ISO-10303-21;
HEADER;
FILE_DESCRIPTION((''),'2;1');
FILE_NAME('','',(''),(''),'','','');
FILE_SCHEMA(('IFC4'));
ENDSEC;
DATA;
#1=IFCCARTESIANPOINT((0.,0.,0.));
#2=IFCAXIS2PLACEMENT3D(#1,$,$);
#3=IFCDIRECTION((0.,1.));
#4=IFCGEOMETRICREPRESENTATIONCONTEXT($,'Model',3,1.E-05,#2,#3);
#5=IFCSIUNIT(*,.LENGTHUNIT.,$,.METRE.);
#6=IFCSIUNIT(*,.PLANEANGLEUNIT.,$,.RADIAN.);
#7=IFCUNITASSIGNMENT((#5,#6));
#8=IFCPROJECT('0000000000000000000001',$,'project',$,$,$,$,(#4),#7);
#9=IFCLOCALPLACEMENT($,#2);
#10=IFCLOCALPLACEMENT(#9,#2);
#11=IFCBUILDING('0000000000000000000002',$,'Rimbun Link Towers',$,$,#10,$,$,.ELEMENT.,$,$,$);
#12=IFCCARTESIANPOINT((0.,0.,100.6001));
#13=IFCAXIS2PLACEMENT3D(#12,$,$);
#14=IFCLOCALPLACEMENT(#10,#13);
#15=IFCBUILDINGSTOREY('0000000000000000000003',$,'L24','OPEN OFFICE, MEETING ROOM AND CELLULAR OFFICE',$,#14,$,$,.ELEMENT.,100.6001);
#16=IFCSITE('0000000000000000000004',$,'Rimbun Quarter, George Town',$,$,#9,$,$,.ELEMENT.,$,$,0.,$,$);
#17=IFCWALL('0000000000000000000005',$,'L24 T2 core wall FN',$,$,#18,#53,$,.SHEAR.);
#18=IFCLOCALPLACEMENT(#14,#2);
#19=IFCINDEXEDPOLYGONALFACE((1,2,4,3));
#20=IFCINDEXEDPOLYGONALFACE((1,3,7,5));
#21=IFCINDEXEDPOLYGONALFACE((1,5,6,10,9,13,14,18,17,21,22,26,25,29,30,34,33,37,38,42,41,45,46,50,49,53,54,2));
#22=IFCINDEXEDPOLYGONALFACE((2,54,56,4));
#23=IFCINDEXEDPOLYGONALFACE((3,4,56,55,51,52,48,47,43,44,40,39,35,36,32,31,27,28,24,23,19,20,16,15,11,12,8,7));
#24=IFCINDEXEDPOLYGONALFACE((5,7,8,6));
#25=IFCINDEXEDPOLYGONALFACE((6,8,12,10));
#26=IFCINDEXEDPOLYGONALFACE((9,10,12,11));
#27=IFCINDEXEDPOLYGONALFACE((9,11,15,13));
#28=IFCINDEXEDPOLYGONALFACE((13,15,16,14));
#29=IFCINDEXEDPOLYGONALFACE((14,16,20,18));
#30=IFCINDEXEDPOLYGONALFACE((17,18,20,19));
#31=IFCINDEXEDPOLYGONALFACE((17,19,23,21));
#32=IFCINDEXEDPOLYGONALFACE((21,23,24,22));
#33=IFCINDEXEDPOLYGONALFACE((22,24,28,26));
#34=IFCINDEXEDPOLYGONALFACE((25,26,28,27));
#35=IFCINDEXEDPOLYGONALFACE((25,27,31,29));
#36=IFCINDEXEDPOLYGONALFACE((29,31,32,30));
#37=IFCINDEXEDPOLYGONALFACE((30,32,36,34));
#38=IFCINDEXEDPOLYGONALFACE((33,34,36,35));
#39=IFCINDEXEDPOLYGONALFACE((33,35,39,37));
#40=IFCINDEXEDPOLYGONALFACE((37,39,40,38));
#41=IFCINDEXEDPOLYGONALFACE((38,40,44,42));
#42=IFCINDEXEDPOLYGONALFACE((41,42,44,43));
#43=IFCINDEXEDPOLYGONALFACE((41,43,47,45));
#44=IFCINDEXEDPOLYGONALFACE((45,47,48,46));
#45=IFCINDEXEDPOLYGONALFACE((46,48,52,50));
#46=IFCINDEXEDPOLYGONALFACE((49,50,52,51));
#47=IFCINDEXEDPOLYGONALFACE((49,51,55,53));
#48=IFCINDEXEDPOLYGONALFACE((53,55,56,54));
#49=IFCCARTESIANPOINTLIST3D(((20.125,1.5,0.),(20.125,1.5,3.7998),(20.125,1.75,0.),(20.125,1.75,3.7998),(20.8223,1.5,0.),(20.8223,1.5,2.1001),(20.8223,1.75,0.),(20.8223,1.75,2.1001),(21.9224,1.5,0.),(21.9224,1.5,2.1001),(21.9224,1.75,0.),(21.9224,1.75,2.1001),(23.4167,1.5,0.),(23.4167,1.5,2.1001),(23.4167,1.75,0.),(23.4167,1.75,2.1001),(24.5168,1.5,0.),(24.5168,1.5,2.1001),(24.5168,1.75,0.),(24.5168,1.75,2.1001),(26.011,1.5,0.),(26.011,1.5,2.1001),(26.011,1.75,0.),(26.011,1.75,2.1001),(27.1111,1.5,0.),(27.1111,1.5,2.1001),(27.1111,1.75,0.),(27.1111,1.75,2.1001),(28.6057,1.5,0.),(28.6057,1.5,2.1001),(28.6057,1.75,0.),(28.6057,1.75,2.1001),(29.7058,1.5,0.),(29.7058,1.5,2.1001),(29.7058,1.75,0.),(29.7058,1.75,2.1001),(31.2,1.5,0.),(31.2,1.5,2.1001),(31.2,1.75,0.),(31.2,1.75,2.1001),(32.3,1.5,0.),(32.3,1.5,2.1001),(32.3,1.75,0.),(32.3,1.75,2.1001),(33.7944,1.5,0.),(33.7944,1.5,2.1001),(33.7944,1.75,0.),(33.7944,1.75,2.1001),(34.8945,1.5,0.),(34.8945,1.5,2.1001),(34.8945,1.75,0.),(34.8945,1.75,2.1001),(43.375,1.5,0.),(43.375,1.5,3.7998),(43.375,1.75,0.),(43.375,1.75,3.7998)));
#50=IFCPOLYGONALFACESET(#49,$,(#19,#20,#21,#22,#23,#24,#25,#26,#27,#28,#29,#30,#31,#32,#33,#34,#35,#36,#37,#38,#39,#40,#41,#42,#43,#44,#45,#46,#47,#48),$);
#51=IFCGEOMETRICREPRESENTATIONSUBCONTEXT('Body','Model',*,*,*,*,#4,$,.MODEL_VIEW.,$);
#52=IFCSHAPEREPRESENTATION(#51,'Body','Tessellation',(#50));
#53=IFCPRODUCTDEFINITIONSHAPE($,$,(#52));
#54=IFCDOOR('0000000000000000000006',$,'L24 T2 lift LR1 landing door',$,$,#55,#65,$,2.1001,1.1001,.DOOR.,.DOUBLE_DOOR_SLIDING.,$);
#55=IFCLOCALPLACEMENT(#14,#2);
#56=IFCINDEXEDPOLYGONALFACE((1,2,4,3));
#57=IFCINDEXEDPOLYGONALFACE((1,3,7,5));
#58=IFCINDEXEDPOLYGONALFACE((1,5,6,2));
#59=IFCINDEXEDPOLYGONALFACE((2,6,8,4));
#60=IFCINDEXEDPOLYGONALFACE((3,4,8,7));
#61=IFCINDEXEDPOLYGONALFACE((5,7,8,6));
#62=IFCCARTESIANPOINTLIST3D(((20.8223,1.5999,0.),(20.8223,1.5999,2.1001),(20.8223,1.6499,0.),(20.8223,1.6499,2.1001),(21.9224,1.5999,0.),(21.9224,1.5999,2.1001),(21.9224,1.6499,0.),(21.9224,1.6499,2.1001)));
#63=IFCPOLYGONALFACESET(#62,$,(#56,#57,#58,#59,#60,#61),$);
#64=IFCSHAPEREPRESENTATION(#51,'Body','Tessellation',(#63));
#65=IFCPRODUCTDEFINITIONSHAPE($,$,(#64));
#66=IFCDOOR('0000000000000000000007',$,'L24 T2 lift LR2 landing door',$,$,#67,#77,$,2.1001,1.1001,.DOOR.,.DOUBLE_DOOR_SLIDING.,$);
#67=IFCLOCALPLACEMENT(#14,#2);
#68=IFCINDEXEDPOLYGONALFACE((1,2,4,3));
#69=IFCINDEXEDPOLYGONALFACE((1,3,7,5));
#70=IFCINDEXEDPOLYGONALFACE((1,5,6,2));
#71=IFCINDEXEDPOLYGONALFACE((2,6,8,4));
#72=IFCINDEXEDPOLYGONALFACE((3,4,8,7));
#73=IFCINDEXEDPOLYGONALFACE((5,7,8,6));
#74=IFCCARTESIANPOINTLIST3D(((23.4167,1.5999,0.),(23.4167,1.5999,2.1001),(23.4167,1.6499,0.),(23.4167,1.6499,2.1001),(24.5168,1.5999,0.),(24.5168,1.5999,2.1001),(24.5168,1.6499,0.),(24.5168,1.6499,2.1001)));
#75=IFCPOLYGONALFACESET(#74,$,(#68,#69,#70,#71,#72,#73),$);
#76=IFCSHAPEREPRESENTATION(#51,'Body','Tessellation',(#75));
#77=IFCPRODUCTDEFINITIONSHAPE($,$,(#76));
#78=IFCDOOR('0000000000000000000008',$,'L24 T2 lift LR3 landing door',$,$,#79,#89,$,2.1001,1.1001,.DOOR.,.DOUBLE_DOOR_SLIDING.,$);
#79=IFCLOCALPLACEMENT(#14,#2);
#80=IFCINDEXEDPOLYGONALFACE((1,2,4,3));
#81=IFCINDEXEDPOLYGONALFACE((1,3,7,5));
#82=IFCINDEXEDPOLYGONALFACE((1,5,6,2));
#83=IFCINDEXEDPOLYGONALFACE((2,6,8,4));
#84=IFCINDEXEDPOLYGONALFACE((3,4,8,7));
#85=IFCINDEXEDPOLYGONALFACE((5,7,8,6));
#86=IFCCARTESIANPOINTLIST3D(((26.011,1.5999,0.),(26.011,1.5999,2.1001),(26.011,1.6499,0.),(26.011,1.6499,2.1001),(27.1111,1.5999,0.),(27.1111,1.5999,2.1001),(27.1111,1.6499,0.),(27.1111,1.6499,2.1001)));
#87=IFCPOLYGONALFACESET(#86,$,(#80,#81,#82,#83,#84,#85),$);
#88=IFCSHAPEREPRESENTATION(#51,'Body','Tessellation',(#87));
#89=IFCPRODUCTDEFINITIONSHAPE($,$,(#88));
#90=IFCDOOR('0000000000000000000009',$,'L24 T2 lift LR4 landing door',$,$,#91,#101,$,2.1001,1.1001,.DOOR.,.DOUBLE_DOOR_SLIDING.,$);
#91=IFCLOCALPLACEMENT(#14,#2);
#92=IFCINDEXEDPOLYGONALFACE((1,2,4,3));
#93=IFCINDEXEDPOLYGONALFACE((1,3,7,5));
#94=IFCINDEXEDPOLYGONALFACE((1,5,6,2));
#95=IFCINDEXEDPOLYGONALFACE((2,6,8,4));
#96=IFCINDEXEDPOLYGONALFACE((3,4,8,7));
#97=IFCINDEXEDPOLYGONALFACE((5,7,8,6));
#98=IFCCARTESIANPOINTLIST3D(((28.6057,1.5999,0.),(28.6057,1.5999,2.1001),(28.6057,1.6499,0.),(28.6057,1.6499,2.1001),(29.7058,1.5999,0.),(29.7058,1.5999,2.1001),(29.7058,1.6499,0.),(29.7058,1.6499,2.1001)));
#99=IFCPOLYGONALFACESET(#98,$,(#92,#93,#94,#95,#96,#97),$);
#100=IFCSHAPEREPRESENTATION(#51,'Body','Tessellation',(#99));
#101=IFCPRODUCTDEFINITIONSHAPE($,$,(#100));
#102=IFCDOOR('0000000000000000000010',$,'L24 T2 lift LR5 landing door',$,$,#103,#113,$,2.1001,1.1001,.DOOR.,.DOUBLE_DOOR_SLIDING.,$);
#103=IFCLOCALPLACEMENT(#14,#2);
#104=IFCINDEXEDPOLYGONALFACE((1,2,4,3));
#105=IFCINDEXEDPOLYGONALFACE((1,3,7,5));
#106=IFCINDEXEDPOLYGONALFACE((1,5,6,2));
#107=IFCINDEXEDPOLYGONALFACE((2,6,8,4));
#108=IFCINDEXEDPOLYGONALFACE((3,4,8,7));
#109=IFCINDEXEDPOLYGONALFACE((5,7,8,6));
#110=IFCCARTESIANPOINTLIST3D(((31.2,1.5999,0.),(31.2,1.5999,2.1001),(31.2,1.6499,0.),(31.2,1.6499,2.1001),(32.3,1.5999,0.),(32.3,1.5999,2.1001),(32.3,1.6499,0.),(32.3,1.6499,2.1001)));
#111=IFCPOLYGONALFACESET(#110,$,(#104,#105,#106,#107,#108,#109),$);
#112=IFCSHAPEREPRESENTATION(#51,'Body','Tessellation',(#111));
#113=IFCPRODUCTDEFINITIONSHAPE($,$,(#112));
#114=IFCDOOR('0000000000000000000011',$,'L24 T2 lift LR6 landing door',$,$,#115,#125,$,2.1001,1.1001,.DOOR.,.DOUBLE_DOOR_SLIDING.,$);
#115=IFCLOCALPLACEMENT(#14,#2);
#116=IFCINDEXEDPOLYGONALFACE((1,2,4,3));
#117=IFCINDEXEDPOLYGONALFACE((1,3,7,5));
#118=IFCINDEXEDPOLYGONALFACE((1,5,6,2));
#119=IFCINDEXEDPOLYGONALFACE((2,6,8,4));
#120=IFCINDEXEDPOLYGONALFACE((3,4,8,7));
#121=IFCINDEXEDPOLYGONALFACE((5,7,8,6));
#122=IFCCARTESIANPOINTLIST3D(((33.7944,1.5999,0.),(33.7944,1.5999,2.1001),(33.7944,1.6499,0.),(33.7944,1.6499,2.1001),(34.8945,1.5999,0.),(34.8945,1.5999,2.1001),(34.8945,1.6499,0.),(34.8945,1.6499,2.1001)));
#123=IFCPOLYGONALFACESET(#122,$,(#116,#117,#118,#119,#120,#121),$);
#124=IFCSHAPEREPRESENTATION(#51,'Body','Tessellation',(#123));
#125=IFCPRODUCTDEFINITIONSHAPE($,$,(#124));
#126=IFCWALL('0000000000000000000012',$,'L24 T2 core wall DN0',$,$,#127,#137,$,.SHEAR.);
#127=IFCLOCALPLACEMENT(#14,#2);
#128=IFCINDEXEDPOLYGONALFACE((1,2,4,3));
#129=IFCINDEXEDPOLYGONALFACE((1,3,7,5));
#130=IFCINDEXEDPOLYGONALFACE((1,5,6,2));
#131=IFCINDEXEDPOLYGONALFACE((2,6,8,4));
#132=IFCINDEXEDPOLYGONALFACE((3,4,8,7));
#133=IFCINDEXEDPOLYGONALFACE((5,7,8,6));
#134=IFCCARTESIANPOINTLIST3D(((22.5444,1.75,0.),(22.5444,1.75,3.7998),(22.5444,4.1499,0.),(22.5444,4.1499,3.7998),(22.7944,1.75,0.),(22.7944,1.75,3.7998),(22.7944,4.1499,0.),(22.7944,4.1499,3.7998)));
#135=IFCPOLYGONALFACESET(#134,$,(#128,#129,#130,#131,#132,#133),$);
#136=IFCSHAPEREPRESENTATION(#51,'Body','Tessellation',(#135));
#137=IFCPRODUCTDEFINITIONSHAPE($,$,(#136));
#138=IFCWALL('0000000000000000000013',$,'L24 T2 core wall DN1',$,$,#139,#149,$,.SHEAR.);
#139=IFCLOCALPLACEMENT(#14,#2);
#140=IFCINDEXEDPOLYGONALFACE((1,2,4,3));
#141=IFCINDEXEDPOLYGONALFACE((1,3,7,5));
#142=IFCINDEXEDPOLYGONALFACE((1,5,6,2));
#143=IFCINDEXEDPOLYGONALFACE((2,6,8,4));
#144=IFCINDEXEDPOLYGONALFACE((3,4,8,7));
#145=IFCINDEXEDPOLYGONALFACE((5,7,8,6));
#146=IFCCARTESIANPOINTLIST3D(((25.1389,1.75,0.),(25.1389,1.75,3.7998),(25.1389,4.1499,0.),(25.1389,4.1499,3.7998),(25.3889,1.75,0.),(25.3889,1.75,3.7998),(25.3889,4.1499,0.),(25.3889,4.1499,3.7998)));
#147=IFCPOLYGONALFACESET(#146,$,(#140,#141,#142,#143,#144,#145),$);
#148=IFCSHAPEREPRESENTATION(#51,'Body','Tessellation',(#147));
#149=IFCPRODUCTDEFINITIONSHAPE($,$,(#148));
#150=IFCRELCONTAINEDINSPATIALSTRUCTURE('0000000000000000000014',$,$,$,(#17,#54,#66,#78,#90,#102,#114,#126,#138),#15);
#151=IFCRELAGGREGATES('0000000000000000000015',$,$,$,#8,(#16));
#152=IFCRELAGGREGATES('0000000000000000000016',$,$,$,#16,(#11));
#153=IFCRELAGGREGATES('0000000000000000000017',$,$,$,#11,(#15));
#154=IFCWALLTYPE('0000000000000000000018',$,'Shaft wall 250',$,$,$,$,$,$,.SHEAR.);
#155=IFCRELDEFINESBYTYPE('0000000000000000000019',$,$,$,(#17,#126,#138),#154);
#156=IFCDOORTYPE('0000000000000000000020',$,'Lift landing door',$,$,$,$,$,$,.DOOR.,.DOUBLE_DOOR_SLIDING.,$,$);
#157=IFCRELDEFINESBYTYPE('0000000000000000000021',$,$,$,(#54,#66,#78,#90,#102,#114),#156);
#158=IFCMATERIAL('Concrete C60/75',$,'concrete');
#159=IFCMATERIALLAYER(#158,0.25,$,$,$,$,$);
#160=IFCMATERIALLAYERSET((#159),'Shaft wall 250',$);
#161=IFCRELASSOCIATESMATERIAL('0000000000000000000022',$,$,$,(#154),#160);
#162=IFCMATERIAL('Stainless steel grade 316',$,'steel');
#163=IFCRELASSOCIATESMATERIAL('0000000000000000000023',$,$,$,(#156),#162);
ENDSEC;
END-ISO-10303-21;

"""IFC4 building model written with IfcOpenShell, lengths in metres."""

from ifc_helpers import new_model, si_unit, direction, frame, frame_2d, origin, place, context, subcontext, project, spatial, rectangle, extrude, material, layer, layer_set, type_object, element, fill, save


model = new_model("IFC4")

# Units and contexts
model_context = context("Model", 3, precision=1e-05, world=origin(), true_north=direction((0.0, 1.0)))
body_context = subcontext(model_context, "Body", "Model", "MODEL_VIEW")
ifc_project = project(units=[si_unit("LENGTHUNIT", "METRE"), si_unit("PLANEANGLEUNIT", "RADIAN")], contexts=[model_context])

# Site, building, storey
site_placement = place(None, origin())
site = spatial("IfcSite", under=ifc_project, at=site_placement, Name="Rimbun Quarter, George Town", CompositionType="ELEMENT", RefElevation=0.0)
building_placement = place(site_placement, origin())
building = spatial("IfcBuilding", under=site, at=building_placement, Name="Rimbun Link Towers", CompositionType="ELEMENT")
storey_placement = place(building_placement, frame((0.0, 0.0, 100.6001)))
storey = spatial("IfcBuildingStorey", under=building, at=storey_placement, Name="L24", Description="OPEN OFFICE, MEETING ROOM AND CELLULAR OFFICE", CompositionType="ELEMENT", Elevation=100.6001)

# Shared definitions
ifc_material_1 = material(Name="Concrete C60/75", Category="concrete")
ifc_layer = layer(ifc_material_1, 0.25)
ifc_layer_set = layer_set([ifc_layer], Name="Shaft wall 250")
wall_type = type_object("IfcWallType", Name="Shaft wall 250", PredefinedType="SHEAR", material=ifc_layer_set)

# Wall, openings, doors
wall_1_placement = place(storey_placement, frame((20.125, 1.625, 0.0), z_axis=(0.0, 0.0, 1.0), x_axis=(1.0, 0.0, 0.0)))
wall_1 = element("IfcWall", 1, at=wall_1_placement, inside=storey, type_object=wall_type, Name="L24 T2 core wall FN", PredefinedType="SHEAR", context=body_context, shape_type="SweptSolid", body=[
    extrude(rectangle(XDim=23.25, YDim=0.25, at=frame_2d((11.625, 0.0))), origin(), (0.0, 0.0, 1.0), 3.7998),
])
opening_1_placement = place(wall_1_placement, frame((0.6973, 0.0, 0.0)))
opening_1 = element("IfcOpeningElement", 2, at=opening_1_placement, cuts=wall_1, PredefinedType="OPENING", context=body_context, shape_type="SweptSolid", body=[
    extrude(rectangle(XDim=1.1001, YDim=2.1001, at=frame_2d((0.55, 1.05))), frame((0.0, 0.135, 0.0), z_axis=(0.0, -1.0, 0.0), x_axis=(1.0, 0.0, 0.0)), (0.0, 0.0, 1.0), 0.27),
])
opening_2_placement = place(wall_1_placement, frame((3.2917, 0.0, 0.0)))
opening_2 = element("IfcOpeningElement", 3, at=opening_2_placement, cuts=wall_1, PredefinedType="OPENING", context=body_context, shape_type="SweptSolid", body=[
    extrude(rectangle(XDim=1.1001, YDim=2.1001, at=frame_2d((0.55, 1.05))), frame((0.0, 0.135, 0.0), z_axis=(0.0, -1.0, 0.0), x_axis=(1.0, 0.0, 0.0)), (0.0, 0.0, 1.0), 0.27),
])
opening_3_placement = place(wall_1_placement, frame((5.886, 0.0, 0.0)))
opening_3 = element("IfcOpeningElement", 4, at=opening_3_placement, cuts=wall_1, PredefinedType="OPENING", context=body_context, shape_type="SweptSolid", body=[
    extrude(rectangle(XDim=1.1001, YDim=2.1001, at=frame_2d((0.55, 1.05))), frame((0.0, 0.135, 0.0), z_axis=(0.0, -1.0, 0.0), x_axis=(1.0, 0.0, 0.0)), (0.0, 0.0, 1.0), 0.27),
])
opening_4_placement = place(wall_1_placement, frame((8.4807, 0.0, 0.0)))
opening_4 = element("IfcOpeningElement", 5, at=opening_4_placement, cuts=wall_1, PredefinedType="OPENING", context=body_context, shape_type="SweptSolid", body=[
    extrude(rectangle(XDim=1.1001, YDim=2.1001, at=frame_2d((0.55, 1.05))), frame((0.0, 0.135, 0.0), z_axis=(0.0, -1.0, 0.0), x_axis=(1.0, 0.0, 0.0)), (0.0, 0.0, 1.0), 0.27),
])
opening_5_placement = place(wall_1_placement, frame((11.075, 0.0, 0.0)))
opening_5 = element("IfcOpeningElement", 6, at=opening_5_placement, cuts=wall_1, PredefinedType="OPENING", context=body_context, shape_type="SweptSolid", body=[
    extrude(rectangle(XDim=1.1001, YDim=2.1001, at=frame_2d((0.55, 1.05))), frame((0.0, 0.135, 0.0), z_axis=(0.0, -1.0, 0.0), x_axis=(1.0, 0.0, 0.0)), (0.0, 0.0, 1.0), 0.27),
])
opening_6_placement = place(wall_1_placement, frame((13.6694, 0.0, 0.0)))
opening_6 = element("IfcOpeningElement", 7, at=opening_6_placement, cuts=wall_1, PredefinedType="OPENING", context=body_context, shape_type="SweptSolid", body=[
    extrude(rectangle(XDim=1.1001, YDim=2.1001, at=frame_2d((0.55, 1.05))), frame((0.0, 0.135, 0.0), z_axis=(0.0, -1.0, 0.0), x_axis=(1.0, 0.0, 0.0)), (0.0, 0.0, 1.0), 0.27),
])
ifc_material_2 = material(Name="Stainless steel grade 316", Category="steel")
door_type = type_object("IfcDoorType", Name="Lift landing door", OperationType="DOUBLE_DOOR_SLIDING", PredefinedType="DOOR", material=ifc_material_2)
door_1_placement = place(opening_1_placement, origin())
door_1 = element("IfcDoor", 8, at=door_1_placement, inside=storey, type_object=door_type, Name="L24 T2 lift LR1 landing door", OperationType="DOUBLE_DOOR_SLIDING", OverallHeight=2.1001, OverallWidth=1.1001, PredefinedType="DOOR", context=body_context, shape_type="SweptSolid", body=[
    extrude(rectangle(XDim=1.1001, YDim=2.1001, at=frame_2d((0.55, 1.05))), frame((0.0, 0.0249, 0.0), z_axis=(0.0, -1.0, 0.0), x_axis=(1.0, 0.0, 0.0)), (0.0, 0.0, 1.0), 0.05),
])
fill(opening_1, door_1)
door_2_placement = place(opening_2_placement, origin())
door_2 = element("IfcDoor", 9, at=door_2_placement, inside=storey, type_object=door_type, Name="L24 T2 lift LR2 landing door", OperationType="DOUBLE_DOOR_SLIDING", OverallHeight=2.1001, OverallWidth=1.1001, PredefinedType="DOOR", context=body_context, shape_type="SweptSolid", body=[
    extrude(rectangle(XDim=1.1001, YDim=2.1001, at=frame_2d((0.55, 1.05))), frame((0.0, 0.0249, 0.0), z_axis=(0.0, -1.0, 0.0), x_axis=(1.0, 0.0, 0.0)), (0.0, 0.0, 1.0), 0.05),
])
fill(opening_2, door_2)
door_3_placement = place(opening_3_placement, origin())
door_3 = element("IfcDoor", 10, at=door_3_placement, inside=storey, type_object=door_type, Name="L24 T2 lift LR3 landing door", OperationType="DOUBLE_DOOR_SLIDING", OverallHeight=2.1001, OverallWidth=1.1001, PredefinedType="DOOR", context=body_context, shape_type="SweptSolid", body=[
    extrude(rectangle(XDim=1.1001, YDim=2.1001, at=frame_2d((0.55, 1.05))), frame((0.0, 0.0249, 0.0), z_axis=(0.0, -1.0, 0.0), x_axis=(1.0, 0.0, 0.0)), (0.0, 0.0, 1.0), 0.05),
])
fill(opening_3, door_3)
door_4_placement = place(opening_4_placement, origin())
door_4 = element("IfcDoor", 11, at=door_4_placement, inside=storey, type_object=door_type, Name="L24 T2 lift LR4 landing door", OperationType="DOUBLE_DOOR_SLIDING", OverallHeight=2.1001, OverallWidth=1.1001, PredefinedType="DOOR", context=body_context, shape_type="SweptSolid", body=[
    extrude(rectangle(XDim=1.1001, YDim=2.1001, at=frame_2d((0.55, 1.05))), frame((0.0, 0.0249, 0.0), z_axis=(0.0, -1.0, 0.0), x_axis=(1.0, 0.0, 0.0)), (0.0, 0.0, 1.0), 0.05),
])
fill(opening_4, door_4)
door_5_placement = place(opening_5_placement, origin())
door_5 = element("IfcDoor", 12, at=door_5_placement, inside=storey, type_object=door_type, Name="L24 T2 lift LR5 landing door", OperationType="DOUBLE_DOOR_SLIDING", OverallHeight=2.1001, OverallWidth=1.1001, PredefinedType="DOOR", context=body_context, shape_type="SweptSolid", body=[
    extrude(rectangle(XDim=1.1001, YDim=2.1001, at=frame_2d((0.55, 1.05))), frame((0.0, 0.0249, 0.0), z_axis=(0.0, -1.0, 0.0), x_axis=(1.0, 0.0, 0.0)), (0.0, 0.0, 1.0), 0.05),
])
fill(opening_5, door_5)
door_6_placement = place(opening_6_placement, origin())
door_6 = element("IfcDoor", 13, at=door_6_placement, inside=storey, type_object=door_type, Name="L24 T2 lift LR6 landing door", OperationType="DOUBLE_DOOR_SLIDING", OverallHeight=2.1001, OverallWidth=1.1001, PredefinedType="DOOR", context=body_context, shape_type="SweptSolid", body=[
    extrude(rectangle(XDim=1.1001, YDim=2.1001, at=frame_2d((0.55, 1.05))), frame((0.0, 0.0249, 0.0), z_axis=(0.0, -1.0, 0.0), x_axis=(1.0, 0.0, 0.0)), (0.0, 0.0, 1.0), 0.05),
])
fill(opening_6, door_6)

# Walls
for number, where, z_axis, x_axis, name in (
    (14, (22.6694, 1.75, 0.0), (0.0, 0.0, 1.0), (0.0, 1.0, 0.0), "L24 T2 core wall DN0"),
    (15, (25.2639, 1.75, 0.0), (0.0, 0.0, 1.0), (0.0, 1.0, 0.0), "L24 T2 core wall DN1"),
):
    element("IfcWall", number, at=place(storey_placement, frame(where, z_axis=z_axis, x_axis=x_axis)), inside=storey, type_object=wall_type, Name=name, PredefinedType="SHEAR", context=body_context, shape_type="SweptSolid", body=[
        extrude(rectangle(XDim=2.3999, YDim=0.25, at=frame_2d((1.2, 0.0))), origin(), (0.0, 0.0, 1.0), 3.7998),
    ])

save(model, "model.ifc")
